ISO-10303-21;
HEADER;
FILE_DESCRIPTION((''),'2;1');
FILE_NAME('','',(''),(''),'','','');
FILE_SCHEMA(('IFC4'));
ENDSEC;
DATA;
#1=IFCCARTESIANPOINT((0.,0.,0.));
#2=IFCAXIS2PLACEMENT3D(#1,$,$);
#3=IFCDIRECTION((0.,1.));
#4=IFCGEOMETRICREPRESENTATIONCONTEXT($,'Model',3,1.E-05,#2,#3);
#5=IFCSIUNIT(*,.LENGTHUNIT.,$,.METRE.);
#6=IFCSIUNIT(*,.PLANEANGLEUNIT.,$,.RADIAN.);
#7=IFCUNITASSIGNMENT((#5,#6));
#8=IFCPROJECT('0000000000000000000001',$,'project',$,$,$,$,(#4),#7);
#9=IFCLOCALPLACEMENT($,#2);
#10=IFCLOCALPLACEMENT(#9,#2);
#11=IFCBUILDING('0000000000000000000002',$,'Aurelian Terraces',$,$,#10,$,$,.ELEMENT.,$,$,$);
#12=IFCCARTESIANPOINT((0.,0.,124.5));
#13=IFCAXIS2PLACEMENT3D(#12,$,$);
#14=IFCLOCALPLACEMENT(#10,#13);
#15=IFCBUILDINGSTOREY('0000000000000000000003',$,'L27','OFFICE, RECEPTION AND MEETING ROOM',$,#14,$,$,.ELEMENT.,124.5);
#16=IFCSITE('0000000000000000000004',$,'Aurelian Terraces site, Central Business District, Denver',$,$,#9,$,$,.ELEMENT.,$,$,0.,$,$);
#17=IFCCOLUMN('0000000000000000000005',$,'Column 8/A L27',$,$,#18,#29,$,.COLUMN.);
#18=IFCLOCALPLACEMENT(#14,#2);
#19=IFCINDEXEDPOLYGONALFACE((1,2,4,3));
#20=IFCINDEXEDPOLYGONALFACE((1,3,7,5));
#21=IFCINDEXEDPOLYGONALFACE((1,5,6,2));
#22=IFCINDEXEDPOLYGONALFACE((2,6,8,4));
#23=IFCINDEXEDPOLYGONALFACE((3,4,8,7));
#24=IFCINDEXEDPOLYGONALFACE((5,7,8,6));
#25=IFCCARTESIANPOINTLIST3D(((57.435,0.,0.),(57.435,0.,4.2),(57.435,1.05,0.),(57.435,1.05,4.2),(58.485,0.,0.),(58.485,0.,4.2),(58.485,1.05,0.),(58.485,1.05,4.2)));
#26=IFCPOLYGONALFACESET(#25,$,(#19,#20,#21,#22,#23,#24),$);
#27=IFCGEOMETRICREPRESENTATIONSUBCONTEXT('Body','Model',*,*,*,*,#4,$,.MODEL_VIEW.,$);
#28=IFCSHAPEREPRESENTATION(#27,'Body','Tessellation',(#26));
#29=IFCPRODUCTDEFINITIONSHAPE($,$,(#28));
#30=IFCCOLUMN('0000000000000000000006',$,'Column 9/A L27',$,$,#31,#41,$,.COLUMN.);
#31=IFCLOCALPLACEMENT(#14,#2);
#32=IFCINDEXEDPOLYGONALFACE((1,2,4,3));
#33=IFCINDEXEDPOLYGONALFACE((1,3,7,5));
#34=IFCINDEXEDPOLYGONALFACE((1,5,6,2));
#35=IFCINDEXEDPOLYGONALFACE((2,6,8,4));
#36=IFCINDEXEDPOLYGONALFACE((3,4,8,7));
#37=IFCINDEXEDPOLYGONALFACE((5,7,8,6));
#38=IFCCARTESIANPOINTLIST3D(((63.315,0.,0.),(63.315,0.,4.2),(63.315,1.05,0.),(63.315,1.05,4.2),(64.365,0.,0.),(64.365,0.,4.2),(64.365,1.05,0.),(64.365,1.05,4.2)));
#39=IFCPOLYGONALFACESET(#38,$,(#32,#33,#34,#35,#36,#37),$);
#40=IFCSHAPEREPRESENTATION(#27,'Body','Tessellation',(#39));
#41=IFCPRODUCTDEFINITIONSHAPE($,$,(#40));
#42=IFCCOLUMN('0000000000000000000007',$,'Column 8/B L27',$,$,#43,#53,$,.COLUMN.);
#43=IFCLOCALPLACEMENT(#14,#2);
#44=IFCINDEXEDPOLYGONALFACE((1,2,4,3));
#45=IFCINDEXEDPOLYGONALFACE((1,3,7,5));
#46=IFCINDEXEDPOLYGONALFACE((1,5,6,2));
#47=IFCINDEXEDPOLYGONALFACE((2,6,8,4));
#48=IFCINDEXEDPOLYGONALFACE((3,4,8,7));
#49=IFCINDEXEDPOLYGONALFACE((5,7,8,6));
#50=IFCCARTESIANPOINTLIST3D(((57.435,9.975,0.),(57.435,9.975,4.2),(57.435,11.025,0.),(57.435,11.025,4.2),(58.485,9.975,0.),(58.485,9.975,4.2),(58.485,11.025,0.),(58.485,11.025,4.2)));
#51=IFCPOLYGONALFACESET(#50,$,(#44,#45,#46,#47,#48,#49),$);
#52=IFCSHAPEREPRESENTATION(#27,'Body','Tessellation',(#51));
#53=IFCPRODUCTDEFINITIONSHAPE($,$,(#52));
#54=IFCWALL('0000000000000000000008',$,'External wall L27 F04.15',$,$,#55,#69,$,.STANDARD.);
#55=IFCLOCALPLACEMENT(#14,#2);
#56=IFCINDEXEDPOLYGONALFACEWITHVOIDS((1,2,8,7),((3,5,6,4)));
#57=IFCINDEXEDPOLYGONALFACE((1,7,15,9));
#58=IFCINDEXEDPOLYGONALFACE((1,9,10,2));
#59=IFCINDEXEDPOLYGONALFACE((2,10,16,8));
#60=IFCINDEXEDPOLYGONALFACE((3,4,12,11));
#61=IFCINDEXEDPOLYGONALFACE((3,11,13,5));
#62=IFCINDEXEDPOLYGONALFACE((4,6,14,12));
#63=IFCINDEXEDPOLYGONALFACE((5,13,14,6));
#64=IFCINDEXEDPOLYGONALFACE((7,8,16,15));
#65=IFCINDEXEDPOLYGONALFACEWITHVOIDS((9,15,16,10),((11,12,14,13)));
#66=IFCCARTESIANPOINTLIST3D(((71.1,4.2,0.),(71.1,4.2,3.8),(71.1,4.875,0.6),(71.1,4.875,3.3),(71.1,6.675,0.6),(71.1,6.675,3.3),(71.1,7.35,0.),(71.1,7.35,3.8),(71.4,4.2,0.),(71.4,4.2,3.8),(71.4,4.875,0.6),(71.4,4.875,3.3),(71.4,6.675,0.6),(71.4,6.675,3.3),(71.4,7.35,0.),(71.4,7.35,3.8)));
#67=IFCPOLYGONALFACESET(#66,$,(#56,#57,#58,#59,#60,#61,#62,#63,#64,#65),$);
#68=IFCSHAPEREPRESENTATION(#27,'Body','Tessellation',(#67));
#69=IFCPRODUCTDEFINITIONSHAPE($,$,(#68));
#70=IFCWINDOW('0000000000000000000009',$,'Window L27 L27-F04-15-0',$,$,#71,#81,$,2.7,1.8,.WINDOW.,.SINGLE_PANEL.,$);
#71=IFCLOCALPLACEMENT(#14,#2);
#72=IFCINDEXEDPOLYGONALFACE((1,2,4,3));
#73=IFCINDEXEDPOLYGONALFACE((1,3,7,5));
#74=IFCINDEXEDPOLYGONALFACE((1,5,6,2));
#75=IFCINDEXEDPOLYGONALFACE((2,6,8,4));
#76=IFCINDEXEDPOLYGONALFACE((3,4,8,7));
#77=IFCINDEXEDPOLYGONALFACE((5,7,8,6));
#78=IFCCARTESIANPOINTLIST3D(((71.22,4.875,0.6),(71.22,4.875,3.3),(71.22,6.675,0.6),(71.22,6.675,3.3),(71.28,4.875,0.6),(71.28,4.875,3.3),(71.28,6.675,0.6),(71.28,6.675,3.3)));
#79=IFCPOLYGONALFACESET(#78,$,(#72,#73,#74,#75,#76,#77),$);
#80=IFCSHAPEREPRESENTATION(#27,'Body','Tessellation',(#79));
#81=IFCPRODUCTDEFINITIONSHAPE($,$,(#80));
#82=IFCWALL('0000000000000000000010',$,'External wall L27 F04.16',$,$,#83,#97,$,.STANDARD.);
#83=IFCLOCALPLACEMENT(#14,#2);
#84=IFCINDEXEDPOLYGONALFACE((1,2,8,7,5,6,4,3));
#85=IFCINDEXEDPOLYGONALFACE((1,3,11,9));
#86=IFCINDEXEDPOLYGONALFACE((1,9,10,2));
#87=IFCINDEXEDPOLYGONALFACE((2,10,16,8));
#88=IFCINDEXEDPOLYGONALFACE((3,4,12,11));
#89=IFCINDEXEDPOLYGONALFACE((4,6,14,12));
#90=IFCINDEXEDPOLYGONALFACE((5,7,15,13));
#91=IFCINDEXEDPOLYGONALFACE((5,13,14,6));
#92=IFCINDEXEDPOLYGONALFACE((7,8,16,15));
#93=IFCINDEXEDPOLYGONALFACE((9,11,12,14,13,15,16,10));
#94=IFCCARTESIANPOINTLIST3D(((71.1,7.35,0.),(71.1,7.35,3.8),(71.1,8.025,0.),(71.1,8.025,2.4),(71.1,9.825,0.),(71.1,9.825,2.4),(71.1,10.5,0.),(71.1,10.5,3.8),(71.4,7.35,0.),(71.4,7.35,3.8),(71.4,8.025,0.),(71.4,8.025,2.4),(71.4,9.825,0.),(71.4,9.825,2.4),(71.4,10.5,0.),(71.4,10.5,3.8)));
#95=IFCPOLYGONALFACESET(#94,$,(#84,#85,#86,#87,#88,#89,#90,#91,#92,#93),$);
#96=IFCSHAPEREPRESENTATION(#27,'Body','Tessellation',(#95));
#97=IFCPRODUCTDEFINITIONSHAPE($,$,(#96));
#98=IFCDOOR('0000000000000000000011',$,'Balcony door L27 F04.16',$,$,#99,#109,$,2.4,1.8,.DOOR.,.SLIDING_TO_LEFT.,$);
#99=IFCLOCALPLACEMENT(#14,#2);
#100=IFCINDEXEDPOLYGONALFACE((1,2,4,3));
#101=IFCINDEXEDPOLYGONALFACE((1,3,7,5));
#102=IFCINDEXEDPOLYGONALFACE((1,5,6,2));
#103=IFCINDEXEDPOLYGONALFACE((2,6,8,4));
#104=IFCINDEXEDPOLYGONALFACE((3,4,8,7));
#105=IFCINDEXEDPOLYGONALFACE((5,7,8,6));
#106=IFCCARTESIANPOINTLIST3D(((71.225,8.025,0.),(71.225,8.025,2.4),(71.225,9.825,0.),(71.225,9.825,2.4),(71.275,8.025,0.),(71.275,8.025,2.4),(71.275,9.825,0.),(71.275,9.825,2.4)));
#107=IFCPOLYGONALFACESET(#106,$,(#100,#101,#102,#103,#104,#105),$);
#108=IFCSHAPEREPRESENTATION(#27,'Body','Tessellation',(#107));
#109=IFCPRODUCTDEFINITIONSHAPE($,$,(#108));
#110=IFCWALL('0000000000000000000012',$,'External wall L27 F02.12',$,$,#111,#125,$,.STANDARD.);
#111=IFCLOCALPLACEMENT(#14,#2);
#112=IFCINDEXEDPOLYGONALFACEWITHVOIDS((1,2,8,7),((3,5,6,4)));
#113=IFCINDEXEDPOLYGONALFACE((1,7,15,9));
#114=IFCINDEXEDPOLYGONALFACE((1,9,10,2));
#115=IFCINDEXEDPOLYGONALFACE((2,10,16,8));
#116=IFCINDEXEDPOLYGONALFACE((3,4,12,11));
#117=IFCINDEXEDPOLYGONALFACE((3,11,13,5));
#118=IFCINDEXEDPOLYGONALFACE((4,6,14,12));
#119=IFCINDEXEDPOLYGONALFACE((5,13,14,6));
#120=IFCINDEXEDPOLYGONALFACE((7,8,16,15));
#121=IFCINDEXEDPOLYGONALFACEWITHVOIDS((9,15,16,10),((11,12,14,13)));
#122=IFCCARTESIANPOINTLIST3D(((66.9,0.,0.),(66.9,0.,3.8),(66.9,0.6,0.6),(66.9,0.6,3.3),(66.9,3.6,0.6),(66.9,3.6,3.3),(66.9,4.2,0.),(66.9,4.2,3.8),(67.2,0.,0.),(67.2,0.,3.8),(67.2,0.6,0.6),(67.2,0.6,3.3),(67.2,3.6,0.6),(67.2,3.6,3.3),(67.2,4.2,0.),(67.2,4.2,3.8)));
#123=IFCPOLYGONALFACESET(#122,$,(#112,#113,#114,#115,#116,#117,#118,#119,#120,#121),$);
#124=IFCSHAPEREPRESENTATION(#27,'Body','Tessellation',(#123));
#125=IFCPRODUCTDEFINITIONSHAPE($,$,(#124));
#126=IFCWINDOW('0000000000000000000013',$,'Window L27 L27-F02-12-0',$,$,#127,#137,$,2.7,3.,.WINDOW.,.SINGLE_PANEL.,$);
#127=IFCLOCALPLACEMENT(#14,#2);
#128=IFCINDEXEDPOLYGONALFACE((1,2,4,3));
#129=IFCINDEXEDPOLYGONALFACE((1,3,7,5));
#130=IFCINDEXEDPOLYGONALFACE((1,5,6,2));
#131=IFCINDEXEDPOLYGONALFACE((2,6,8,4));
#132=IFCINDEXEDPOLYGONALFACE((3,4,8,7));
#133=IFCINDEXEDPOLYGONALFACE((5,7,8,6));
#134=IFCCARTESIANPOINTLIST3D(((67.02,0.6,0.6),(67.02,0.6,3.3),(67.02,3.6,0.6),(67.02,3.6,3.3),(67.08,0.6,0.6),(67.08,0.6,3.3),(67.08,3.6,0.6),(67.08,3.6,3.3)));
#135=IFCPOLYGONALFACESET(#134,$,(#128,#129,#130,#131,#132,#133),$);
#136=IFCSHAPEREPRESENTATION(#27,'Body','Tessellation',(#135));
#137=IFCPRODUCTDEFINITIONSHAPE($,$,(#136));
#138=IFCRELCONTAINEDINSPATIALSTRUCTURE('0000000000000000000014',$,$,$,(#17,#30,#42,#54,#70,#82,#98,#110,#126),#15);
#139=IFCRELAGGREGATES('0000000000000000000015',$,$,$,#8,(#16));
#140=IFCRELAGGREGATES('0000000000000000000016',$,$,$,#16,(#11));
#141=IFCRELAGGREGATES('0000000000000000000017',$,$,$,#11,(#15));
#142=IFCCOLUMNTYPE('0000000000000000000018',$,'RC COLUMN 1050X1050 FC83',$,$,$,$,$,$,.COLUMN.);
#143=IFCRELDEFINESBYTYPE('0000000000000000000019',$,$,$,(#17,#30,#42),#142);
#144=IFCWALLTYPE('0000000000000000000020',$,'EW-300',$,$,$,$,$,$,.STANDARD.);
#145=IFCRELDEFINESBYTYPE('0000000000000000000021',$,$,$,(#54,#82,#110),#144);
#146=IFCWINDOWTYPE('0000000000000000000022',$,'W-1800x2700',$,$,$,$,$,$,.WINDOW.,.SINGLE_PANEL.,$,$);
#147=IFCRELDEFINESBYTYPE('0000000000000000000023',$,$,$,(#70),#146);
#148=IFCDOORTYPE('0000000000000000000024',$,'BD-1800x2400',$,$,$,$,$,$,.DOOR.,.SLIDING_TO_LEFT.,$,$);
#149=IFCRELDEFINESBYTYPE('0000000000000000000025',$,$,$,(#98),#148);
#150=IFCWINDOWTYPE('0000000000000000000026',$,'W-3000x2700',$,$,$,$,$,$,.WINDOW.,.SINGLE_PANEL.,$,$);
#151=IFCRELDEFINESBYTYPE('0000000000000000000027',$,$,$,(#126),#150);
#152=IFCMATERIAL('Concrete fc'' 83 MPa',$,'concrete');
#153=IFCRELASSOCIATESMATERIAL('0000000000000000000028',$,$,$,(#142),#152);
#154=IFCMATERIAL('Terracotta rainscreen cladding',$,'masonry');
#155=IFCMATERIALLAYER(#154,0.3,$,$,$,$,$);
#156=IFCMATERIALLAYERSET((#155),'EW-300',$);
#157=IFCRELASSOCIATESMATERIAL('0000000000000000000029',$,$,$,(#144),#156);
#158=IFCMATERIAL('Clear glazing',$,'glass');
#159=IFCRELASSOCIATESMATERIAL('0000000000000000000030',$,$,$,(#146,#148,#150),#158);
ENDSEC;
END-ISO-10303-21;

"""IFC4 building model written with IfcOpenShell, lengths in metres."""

from ifc_helpers import new_model, si_unit, direction, frame, frame_2d, origin, origin_2d, place, context, subcontext, project, spatial, rectangle, extrude, source, transform, mapped, material, layer, layer_set, material_profile, profile_set, type_object, element, fill, save


model = new_model("IFC4")

# Units and contexts
model_context = context("Model", 3, precision=1e-05, world=origin(), true_north=direction((0.0, 1.0)))
body_context = subcontext(model_context, "Body", "Model", "MODEL_VIEW")
ifc_project = project(units=[si_unit("LENGTHUNIT", "METRE"), si_unit("PLANEANGLEUNIT", "RADIAN")], contexts=[model_context])

# Site, building, storey
site_placement = place(None, origin())
site = spatial("IfcSite", under=ifc_project, at=site_placement, Name="Aurelian Terraces site, Central Business District, Denver", CompositionType="ELEMENT", RefElevation=0.0)
building_placement = place(site_placement, origin())
building = spatial("IfcBuilding", under=site, at=building_placement, Name="Aurelian Terraces", CompositionType="ELEMENT")
storey_placement = place(building_placement, frame((0.0, 0.0, 124.5)))
storey = spatial("IfcBuildingStorey", under=building, at=storey_placement, Name="L27", Description="OFFICE, RECEPTION AND MEETING ROOM", CompositionType="ELEMENT", Elevation=124.5)

# Columns
ifc_material_1 = material(Name="Concrete fc' 83 MPa", Category="concrete")
ifc_material_profile = material_profile(ifc_material_1, rectangle(XDim=1.05, YDim=1.05, at=origin_2d()))
ifc_profile_set = profile_set([ifc_material_profile], Name="Concrete fc' 83 MPa")
column_type = type_object("IfcColumnType", Name="RC COLUMN 1050X1050 FC83", PredefinedType="COLUMN", material=ifc_profile_set)
shared_shape_1 = source(origin(), body_context, "Body", "SweptSolid", [
    extrude(rectangle(XDim=1.05, YDim=1.05, at=origin_2d()), origin(), (0.0, 0.0, 1.0), 4.2),
])
for number, where, z_axis, x_axis, name in (
    (1, (57.96, 0.525, 0.0), (0.0, 0.0, 1.0), (1.0, 0.0, 0.0), "Column 8/A L27"),
    (2, (63.84, 0.525, 0.0), (0.0, 0.0, 1.0), (1.0, 0.0, 0.0), "Column 9/A L27"),
    (3, (57.96, 10.5, 0.0), (0.0, 0.0, 1.0), (1.0, 0.0, 0.0), "Column 8/B L27"),
):
    element("IfcColumn", number, at=place(storey_placement, frame(where, z_axis=z_axis, x_axis=x_axis)), inside=storey, type_object=column_type, Name=name, PredefinedType="COLUMN", context=body_context, shape_type="MappedRepresentation", body=[
        mapped(shared_shape_1, transform((0.0, 0.0, 0.0), scale=1.0)),
    ])

# Wall, opening, window
ifc_material_2 = material(Name="Terracotta rainscreen cladding", Category="masonry")
ifc_layer_1 = layer(ifc_material_2, 0.3)
ifc_layer_set_1 = layer_set([ifc_layer_1], Name="EW-300")
wall_type_1 = type_object("IfcWallType", Name="EW-300", PredefinedType="STANDARD", material=ifc_layer_set_1)
shared_shape_2 = source(origin(), body_context, "Body", "SweptSolid", [
    extrude(rectangle(XDim=3.15, YDim=0.3, at=frame_2d((1.575, 0.0))), origin(), (0.0, 0.0, 1.0), 3.8),
])
wall_1_placement = place(storey_placement, frame((71.25, 4.2, 0.0), z_axis=(0.0, 0.0, 1.0), x_axis=(0.0, 1.0, 0.0)))
wall_1 = element("IfcWall", 4, at=wall_1_placement, inside=storey, type_object=wall_type_1, Name="External wall L27 F04.15", PredefinedType="STANDARD", context=body_context, shape_type="MappedRepresentation", body=[
    mapped(shared_shape_2, transform((0.0, 0.0, 0.0), scale=1.0)),
])
shared_shape_3 = source(origin(), body_context, "Body", "SweptSolid", [
    extrude(rectangle(XDim=1.8, YDim=2.7, at=frame_2d((0.9, 1.35))), frame((0.0, 0.16, 0.0), z_axis=(0.0, -1.0, 0.0), x_axis=(1.0, 0.0, 0.0)), (0.0, 0.0, 1.0), 0.32),
])
opening_1_placement = place(wall_1_placement, frame((0.675, 0.0, 0.6)))
opening_1 = element("IfcOpeningElement", 5, at=opening_1_placement, cuts=wall_1, PredefinedType="OPENING", context=body_context, shape_type="MappedRepresentation", body=[
    mapped(shared_shape_3, transform((0.0, 0.0, 0.0), scale=1.0)),
])
ifc_material_3 = material(Name="Clear glazing", Category="glass")
window_type_1 = type_object("IfcWindowType", Name="W-1800x2700", PartitioningType="SINGLE_PANEL", PredefinedType="WINDOW", material=ifc_material_3)
shared_shape_4 = source(origin(), body_context, "Body", "SweptSolid", [
    extrude(rectangle(XDim=1.8, YDim=2.7, at=frame_2d((0.9, 1.35))), frame((0.0, 0.03, 0.0), z_axis=(0.0, -1.0, 0.0), x_axis=(1.0, 0.0, 0.0)), (0.0, 0.0, 1.0), 0.06),
])
window_1_placement = place(opening_1_placement, origin())
window_1 = element("IfcWindow", 6, at=window_1_placement, inside=storey, type_object=window_type_1, Name="Window L27 L27-F04-15-0", OverallHeight=2.7, OverallWidth=1.8, PartitioningType="SINGLE_PANEL", PredefinedType="WINDOW", context=body_context, shape_type="MappedRepresentation", body=[
    mapped(shared_shape_4, transform((0.0, 0.0, 0.0), scale=1.0)),
])
fill(opening_1, window_1)

# Wall, opening, door
wall_2_placement = place(storey_placement, frame((71.25, 7.35, 0.0), z_axis=(0.0, 0.0, 1.0), x_axis=(0.0, 1.0, 0.0)))
wall_2 = element("IfcWall", 7, at=wall_2_placement, inside=storey, type_object=wall_type_1, Name="External wall L27 F04.16", PredefinedType="STANDARD", context=body_context, shape_type="MappedRepresentation", body=[
    mapped(shared_shape_2, transform((0.0, 0.0, 0.0), scale=1.0)),
])
shared_shape_5 = source(origin(), body_context, "Body", "SweptSolid", [
    extrude(rectangle(XDim=1.8, YDim=2.4, at=frame_2d((0.9, 1.2))), frame((0.0, 0.16, 0.0), z_axis=(0.0, -1.0, 0.0), x_axis=(1.0, 0.0, 0.0)), (0.0, 0.0, 1.0), 0.32),
])
opening_2_placement = place(wall_2_placement, frame((0.675, 0.0, 0.0)))
opening_2 = element("IfcOpeningElement", 8, at=opening_2_placement, cuts=wall_2, PredefinedType="OPENING", context=body_context, shape_type="MappedRepresentation", body=[
    mapped(shared_shape_5, transform((0.0, 0.0, 0.0), scale=1.0)),
])
door_type = type_object("IfcDoorType", Name="BD-1800x2400", OperationType="SLIDING_TO_LEFT", PredefinedType="DOOR", material=ifc_material_3)
shared_shape_6 = source(origin(), body_context, "Body", "SweptSolid", [
    extrude(rectangle(XDim=1.8, YDim=2.4, at=frame_2d((0.9, 1.2))), frame((0.0, 0.025, 0.0), z_axis=(0.0, -1.0, 0.0), x_axis=(1.0, 0.0, 0.0)), (0.0, 0.0, 1.0), 0.05),
])
door_placement = place(opening_2_placement, origin())
door = element("IfcDoor", 9, at=door_placement, inside=storey, type_object=door_type, Name="Balcony door L27 F04.16", OperationType="SLIDING_TO_LEFT", OverallHeight=2.4, OverallWidth=1.8, PredefinedType="DOOR", context=body_context, shape_type="MappedRepresentation", body=[
    mapped(shared_shape_6, transform((0.0, 0.0, 0.0), scale=1.0)),
])
fill(opening_2, door)

# Wall, opening, window
shared_shape_7 = source(origin(), body_context, "Body", "SweptSolid", [
    extrude(rectangle(XDim=4.2, YDim=0.3, at=frame_2d((2.1, 0.0))), origin(), (0.0, 0.0, 1.0), 3.8),
])
wall_3_placement = place(storey_placement, frame((67.05, 0.0, 0.0), z_axis=(0.0, 0.0, 1.0), x_axis=(0.0, 1.0, 0.0)))
wall_3 = element("IfcWall", 10, at=wall_3_placement, inside=storey, type_object=wall_type_1, Name="External wall L27 F02.12", PredefinedType="STANDARD", context=body_context, shape_type="MappedRepresentation", body=[
    mapped(shared_shape_7, transform((0.0, 0.0, 0.0), scale=1.0)),
])
shared_shape_8 = source(origin(), body_context, "Body", "SweptSolid", [
    extrude(rectangle(XDim=3.0, YDim=2.7, at=frame_2d((1.5, 1.35))), frame((0.0, 0.16, 0.0), z_axis=(0.0, -1.0, 0.0), x_axis=(1.0, 0.0, 0.0)), (0.0, 0.0, 1.0), 0.32),
])
opening_3_placement = place(wall_3_placement, frame((0.6, 0.0, 0.6)))
opening_3 = element("IfcOpeningElement", 11, at=opening_3_placement, cuts=wall_3, PredefinedType="OPENING", context=body_context, shape_type="MappedRepresentation", body=[
    mapped(shared_shape_8, transform((0.0, 0.0, 0.0), scale=1.0)),
])
window_type_2 = type_object("IfcWindowType", Name="W-3000x2700", PartitioningType="SINGLE_PANEL", PredefinedType="WINDOW", material=ifc_material_3)
shared_shape_9 = source(origin(), body_context, "Body", "SweptSolid", [
    extrude(rectangle(XDim=3.0, YDim=2.7, at=frame_2d((1.5, 1.35))), frame((0.0, 0.03, 0.0), z_axis=(0.0, -1.0, 0.0), x_axis=(1.0, 0.0, 0.0)), (0.0, 0.0, 1.0), 0.06),
])
window_2_placement = place(opening_3_placement, origin())
window_2 = element("IfcWindow", 12, at=window_2_placement, inside=storey, type_object=window_type_2, Name="Window L27 L27-F02-12-0", OverallHeight=2.7, OverallWidth=3.0, PartitioningType="SINGLE_PANEL", PredefinedType="WINDOW", context=body_context, shape_type="MappedRepresentation", body=[
    mapped(shared_shape_9, transform((0.0, 0.0, 0.0), scale=1.0)),
])
fill(opening_3, window_2)

save(model, "model.ifc")
